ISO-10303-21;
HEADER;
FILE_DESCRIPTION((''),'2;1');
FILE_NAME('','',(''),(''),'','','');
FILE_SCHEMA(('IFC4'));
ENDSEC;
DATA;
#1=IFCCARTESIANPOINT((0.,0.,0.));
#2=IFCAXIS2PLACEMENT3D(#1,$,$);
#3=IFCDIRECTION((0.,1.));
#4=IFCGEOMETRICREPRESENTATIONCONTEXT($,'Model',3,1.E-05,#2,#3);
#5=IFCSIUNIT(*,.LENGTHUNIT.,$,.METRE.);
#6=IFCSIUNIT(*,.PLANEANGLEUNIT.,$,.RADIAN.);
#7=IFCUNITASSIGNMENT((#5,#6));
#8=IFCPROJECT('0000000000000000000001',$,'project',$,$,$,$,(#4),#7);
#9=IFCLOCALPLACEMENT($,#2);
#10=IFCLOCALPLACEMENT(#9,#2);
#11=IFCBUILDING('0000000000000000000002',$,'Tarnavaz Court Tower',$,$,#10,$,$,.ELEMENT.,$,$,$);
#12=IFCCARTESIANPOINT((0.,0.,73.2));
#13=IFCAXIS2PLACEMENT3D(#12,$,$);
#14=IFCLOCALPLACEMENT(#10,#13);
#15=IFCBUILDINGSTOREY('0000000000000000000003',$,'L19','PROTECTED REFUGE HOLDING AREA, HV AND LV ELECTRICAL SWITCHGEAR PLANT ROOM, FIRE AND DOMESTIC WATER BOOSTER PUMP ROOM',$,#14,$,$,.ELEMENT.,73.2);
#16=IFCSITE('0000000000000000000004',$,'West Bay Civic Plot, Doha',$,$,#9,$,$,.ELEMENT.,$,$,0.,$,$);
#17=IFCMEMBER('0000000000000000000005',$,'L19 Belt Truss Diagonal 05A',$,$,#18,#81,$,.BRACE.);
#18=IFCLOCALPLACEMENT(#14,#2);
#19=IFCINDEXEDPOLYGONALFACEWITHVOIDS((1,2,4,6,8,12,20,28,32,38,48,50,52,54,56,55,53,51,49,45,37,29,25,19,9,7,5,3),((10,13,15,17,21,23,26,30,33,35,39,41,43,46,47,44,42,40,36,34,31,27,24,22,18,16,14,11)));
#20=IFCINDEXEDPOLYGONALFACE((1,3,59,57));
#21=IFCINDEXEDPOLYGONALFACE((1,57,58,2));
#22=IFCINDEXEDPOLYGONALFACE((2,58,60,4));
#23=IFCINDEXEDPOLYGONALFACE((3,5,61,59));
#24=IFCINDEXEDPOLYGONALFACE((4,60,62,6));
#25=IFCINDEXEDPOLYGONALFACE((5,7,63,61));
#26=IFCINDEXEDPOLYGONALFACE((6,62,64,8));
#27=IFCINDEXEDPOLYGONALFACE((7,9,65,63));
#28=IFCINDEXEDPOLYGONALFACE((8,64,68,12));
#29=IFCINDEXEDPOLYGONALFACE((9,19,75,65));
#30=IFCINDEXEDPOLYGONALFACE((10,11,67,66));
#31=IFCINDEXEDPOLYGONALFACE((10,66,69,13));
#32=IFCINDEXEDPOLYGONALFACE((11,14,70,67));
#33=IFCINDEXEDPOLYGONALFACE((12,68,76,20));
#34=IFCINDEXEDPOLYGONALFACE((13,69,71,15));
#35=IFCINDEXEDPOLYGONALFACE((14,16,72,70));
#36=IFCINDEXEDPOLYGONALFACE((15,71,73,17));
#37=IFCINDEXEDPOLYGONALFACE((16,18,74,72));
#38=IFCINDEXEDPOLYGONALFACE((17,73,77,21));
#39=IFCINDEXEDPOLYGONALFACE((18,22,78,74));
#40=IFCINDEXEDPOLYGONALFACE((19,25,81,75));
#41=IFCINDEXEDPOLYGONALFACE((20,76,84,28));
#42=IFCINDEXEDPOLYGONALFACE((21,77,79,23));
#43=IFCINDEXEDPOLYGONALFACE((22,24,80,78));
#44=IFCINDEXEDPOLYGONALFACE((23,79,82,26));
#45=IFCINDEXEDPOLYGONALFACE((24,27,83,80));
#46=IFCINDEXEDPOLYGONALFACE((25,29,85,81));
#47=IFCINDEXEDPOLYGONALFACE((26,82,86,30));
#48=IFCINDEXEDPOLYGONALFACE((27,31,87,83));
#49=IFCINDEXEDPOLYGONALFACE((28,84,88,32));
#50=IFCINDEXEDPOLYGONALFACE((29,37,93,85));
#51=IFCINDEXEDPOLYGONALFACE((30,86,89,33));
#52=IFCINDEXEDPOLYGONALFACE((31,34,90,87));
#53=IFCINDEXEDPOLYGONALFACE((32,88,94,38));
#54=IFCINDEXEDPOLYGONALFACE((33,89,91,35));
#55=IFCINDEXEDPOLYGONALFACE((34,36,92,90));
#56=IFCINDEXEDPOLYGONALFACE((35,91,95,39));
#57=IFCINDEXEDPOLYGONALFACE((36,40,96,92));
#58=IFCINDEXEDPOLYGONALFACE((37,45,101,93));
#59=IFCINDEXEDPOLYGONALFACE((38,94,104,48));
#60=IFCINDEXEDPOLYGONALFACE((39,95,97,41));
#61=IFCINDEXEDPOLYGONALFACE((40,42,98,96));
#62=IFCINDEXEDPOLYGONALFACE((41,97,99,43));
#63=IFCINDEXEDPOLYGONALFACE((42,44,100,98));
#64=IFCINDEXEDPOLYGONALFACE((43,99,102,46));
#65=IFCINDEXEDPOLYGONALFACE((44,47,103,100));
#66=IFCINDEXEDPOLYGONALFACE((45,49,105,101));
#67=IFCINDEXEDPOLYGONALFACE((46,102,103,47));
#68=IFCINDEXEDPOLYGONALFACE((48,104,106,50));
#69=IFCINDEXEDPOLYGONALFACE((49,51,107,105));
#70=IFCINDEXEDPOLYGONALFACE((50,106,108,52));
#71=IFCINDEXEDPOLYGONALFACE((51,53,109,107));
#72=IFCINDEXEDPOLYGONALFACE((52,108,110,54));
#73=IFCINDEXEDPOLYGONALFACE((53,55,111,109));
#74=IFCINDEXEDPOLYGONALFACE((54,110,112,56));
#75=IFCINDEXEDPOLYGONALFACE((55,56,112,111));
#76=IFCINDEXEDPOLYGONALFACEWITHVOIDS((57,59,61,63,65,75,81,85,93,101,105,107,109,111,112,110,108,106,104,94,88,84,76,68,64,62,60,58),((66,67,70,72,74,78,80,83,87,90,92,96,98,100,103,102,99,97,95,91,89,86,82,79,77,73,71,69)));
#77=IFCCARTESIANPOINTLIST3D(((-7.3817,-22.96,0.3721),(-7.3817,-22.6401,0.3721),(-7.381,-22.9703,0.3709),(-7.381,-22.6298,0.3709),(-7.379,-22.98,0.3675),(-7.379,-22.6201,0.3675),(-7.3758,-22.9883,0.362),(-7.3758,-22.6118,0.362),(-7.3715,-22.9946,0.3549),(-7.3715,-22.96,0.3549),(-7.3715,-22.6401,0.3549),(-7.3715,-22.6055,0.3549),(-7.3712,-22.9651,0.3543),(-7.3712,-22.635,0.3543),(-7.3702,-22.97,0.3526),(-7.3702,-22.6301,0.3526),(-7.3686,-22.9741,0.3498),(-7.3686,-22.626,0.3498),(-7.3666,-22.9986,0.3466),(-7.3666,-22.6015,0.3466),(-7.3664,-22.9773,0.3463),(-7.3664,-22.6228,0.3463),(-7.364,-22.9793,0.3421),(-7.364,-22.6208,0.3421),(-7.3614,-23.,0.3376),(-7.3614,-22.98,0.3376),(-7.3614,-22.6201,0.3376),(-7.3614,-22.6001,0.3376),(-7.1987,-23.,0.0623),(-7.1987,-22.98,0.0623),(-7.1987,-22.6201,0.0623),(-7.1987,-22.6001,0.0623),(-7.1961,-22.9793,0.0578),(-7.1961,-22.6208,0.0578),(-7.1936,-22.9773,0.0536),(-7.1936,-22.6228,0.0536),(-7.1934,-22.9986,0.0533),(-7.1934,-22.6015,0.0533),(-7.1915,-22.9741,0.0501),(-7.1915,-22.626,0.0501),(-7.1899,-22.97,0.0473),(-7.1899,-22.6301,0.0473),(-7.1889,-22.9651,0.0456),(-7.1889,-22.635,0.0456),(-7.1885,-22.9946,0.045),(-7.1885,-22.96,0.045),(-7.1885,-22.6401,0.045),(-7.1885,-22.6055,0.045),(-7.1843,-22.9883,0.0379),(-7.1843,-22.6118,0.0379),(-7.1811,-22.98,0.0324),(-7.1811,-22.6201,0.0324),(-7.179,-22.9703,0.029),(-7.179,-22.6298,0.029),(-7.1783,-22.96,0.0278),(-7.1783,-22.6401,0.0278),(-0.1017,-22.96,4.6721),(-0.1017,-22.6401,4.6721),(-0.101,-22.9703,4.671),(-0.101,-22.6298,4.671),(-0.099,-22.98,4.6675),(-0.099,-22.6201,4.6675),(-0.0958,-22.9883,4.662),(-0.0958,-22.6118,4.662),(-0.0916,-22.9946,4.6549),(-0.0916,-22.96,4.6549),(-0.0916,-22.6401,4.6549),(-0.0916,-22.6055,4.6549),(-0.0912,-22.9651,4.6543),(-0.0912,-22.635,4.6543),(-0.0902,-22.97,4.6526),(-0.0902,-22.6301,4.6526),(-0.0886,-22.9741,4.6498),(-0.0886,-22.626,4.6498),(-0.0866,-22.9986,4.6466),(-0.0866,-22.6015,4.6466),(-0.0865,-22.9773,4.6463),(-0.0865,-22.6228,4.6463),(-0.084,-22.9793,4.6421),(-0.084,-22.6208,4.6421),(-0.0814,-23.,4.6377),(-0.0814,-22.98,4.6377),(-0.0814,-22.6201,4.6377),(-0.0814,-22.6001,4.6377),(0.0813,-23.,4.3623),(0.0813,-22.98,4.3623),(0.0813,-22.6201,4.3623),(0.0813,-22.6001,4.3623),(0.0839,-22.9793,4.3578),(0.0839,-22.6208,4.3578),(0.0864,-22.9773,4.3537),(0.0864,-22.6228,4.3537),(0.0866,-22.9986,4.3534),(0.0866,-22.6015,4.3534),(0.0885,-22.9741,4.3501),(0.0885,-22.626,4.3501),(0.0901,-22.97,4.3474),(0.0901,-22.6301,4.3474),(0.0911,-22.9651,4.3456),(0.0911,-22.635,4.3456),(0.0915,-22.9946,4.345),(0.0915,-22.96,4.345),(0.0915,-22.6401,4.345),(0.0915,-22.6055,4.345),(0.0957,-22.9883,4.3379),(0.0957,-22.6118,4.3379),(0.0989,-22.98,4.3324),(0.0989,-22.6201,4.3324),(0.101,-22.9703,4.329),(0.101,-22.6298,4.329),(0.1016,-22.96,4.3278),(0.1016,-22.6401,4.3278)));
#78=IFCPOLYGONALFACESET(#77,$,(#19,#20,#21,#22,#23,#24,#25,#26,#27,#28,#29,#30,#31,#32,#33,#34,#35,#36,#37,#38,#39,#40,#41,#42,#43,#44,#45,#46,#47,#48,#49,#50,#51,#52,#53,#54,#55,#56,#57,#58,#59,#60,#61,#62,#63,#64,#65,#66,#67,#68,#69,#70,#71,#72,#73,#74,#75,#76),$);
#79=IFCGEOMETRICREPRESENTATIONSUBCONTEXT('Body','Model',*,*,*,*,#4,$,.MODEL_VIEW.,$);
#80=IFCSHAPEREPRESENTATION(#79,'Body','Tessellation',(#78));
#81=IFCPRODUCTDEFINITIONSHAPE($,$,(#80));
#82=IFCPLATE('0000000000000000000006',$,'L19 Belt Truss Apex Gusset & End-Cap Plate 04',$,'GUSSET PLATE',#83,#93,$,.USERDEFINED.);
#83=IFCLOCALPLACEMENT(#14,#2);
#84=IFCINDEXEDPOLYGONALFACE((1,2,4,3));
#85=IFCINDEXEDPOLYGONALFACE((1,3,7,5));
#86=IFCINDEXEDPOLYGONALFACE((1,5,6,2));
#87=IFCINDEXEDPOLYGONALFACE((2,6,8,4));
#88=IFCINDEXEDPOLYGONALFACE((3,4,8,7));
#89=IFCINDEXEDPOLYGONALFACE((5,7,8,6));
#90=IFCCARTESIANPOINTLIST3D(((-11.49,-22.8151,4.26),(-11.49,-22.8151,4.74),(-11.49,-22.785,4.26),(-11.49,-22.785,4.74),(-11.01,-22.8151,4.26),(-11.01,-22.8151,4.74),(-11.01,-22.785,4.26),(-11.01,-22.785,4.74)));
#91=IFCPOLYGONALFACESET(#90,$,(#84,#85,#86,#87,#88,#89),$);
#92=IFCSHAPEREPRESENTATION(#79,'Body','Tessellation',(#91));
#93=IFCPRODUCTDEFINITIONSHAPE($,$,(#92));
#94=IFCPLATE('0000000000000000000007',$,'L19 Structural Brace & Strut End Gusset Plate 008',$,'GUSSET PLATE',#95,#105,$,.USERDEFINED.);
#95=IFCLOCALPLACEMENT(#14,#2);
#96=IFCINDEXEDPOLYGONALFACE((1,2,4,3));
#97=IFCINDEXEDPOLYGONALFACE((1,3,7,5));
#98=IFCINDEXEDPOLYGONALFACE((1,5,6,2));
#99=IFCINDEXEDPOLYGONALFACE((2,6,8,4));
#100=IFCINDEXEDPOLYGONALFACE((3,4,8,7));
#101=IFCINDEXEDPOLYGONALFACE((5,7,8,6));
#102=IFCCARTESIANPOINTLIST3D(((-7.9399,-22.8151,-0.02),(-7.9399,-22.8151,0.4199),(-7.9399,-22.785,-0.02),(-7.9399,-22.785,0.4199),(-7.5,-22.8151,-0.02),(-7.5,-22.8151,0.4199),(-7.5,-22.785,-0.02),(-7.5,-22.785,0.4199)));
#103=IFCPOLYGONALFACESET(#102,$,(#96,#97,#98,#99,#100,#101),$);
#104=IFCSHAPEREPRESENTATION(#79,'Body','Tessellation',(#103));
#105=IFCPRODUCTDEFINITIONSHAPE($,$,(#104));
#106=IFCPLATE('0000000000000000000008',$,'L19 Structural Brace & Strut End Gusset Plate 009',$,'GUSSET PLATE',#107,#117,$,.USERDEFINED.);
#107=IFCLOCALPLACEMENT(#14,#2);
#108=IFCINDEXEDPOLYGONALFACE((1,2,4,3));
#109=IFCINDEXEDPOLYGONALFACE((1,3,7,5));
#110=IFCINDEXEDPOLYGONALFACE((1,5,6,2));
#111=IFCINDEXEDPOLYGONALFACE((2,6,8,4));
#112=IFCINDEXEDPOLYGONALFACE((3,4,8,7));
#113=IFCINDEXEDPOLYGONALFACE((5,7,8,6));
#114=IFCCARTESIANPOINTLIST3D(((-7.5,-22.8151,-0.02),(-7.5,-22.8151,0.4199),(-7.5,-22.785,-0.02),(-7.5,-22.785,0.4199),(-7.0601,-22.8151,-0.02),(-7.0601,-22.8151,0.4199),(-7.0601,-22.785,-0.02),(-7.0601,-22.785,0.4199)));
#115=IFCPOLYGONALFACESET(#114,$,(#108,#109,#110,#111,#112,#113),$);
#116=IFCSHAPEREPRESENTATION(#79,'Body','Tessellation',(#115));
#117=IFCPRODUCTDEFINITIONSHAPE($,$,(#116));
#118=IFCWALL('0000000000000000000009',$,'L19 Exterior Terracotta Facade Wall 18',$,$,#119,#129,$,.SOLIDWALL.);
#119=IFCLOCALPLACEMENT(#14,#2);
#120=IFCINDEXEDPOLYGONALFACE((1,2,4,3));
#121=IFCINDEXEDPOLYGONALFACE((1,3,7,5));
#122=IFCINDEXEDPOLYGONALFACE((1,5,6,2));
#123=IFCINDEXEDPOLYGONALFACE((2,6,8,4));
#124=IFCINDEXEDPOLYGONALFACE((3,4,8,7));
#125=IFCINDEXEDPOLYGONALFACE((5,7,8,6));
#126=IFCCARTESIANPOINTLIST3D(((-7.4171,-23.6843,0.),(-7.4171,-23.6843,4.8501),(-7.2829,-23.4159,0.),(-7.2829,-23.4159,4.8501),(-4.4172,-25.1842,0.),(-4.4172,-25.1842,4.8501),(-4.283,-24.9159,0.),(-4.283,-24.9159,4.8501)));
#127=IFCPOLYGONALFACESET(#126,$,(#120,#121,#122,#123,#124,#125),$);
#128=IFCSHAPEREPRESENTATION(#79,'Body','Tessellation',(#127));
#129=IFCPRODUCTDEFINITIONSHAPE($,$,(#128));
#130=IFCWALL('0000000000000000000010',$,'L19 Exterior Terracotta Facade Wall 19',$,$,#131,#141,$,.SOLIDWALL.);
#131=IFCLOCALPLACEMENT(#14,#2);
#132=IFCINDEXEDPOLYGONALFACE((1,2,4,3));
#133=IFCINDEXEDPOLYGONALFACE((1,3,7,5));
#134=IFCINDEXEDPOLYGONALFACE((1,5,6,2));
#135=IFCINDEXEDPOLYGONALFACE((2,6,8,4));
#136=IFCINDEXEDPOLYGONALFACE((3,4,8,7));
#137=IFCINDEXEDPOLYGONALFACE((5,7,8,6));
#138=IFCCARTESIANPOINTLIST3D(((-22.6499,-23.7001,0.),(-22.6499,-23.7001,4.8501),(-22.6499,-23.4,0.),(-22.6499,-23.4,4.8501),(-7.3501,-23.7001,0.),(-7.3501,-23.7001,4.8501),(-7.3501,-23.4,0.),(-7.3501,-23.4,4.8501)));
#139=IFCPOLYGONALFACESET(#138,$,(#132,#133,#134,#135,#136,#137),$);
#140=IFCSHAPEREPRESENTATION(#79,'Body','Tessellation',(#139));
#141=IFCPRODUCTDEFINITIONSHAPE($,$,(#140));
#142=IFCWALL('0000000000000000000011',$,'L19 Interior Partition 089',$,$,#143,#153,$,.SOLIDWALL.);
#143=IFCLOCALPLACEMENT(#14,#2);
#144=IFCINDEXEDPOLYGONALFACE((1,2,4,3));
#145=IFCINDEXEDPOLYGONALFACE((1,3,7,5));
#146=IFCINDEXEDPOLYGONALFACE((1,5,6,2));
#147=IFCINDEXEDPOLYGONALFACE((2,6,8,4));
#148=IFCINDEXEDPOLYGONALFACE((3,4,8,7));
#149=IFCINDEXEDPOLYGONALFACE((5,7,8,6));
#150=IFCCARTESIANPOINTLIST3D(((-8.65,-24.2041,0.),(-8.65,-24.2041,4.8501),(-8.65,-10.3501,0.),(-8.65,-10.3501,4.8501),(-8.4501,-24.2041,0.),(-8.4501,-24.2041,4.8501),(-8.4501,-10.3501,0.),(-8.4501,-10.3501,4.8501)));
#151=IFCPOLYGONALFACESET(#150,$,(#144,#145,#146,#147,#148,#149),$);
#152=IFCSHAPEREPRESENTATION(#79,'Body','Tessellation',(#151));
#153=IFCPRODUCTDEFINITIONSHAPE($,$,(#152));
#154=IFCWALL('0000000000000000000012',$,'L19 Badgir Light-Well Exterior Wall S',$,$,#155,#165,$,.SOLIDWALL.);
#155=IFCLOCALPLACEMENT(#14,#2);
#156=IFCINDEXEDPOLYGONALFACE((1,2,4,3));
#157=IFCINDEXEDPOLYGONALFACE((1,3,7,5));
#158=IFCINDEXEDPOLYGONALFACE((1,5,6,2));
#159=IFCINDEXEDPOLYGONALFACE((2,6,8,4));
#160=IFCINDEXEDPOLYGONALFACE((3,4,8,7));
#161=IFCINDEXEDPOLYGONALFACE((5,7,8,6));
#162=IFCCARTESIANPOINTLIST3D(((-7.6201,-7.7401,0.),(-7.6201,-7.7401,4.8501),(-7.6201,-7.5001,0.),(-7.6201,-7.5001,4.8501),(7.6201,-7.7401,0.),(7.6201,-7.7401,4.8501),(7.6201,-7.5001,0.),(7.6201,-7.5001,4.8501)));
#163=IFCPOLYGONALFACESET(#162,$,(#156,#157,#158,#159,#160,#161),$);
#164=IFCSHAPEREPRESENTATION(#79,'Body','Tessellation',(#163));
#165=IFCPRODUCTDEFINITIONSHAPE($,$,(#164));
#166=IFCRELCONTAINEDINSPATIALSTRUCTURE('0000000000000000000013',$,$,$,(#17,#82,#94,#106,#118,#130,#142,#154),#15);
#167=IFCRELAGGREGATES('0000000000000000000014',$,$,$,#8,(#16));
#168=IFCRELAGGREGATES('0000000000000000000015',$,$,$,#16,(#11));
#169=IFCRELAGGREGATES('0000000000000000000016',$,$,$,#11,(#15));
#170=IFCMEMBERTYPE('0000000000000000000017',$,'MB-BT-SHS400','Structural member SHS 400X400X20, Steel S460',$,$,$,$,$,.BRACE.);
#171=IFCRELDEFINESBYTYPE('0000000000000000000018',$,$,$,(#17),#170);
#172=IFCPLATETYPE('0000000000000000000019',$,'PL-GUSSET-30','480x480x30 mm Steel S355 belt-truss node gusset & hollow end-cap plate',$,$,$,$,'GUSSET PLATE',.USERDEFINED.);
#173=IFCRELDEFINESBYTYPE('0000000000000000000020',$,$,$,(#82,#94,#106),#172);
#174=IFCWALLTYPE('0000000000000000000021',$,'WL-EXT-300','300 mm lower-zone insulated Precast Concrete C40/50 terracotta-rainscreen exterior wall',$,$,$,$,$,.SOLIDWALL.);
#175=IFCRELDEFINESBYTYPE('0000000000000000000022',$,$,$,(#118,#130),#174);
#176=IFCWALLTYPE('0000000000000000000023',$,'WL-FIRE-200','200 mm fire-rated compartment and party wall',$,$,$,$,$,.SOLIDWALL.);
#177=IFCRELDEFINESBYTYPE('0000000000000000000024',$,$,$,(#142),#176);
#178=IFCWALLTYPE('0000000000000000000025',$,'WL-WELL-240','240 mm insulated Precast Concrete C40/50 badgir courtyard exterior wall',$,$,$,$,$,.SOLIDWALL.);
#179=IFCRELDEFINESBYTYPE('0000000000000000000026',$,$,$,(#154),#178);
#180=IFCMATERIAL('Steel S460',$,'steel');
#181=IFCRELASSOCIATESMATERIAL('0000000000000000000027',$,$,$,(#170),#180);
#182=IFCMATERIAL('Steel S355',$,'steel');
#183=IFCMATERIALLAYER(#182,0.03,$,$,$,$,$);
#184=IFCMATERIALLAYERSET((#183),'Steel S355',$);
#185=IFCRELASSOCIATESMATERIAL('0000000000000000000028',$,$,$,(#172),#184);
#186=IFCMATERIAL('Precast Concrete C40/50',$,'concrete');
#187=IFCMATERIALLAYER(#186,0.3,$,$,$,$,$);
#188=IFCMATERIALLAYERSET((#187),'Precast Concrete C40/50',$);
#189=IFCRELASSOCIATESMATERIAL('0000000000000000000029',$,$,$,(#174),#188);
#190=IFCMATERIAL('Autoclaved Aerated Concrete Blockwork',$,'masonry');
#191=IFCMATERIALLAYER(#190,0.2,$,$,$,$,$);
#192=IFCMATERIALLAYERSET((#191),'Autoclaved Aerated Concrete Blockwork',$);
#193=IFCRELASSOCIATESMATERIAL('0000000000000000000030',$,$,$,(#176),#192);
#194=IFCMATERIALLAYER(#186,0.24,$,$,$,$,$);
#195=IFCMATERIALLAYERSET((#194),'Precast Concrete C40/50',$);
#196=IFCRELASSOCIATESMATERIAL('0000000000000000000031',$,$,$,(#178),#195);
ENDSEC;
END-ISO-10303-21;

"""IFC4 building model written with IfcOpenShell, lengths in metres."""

from ifc_helpers import new_model, si_unit, direction, frame, frame_2d, origin, origin_2d, place, context, subcontext, project, spatial, rectangle, hollow_rectangle, extrude, material, layer, layer_set, material_profile, profile_set, type_object, element, save


model = new_model("IFC4")

# Units and contexts
model_context = context("Model", 3, precision=1e-05, world=origin(), true_north=direction((0.0, 1.0)))
body_context = subcontext(model_context, "Body", "Model", "MODEL_VIEW")
ifc_project = project(units=[si_unit("LENGTHUNIT", "METRE"), si_unit("PLANEANGLEUNIT", "RADIAN")], contexts=[model_context])

# Site, building, storey
site_placement = place(None, origin())
site = spatial("IfcSite", under=ifc_project, at=site_placement, Name="West Bay Civic Plot, Doha", CompositionType="ELEMENT", RefElevation=0.0)
building_placement = place(site_placement, origin())
building = spatial("IfcBuilding", under=site, at=building_placement, Name="Tarnavaz Court Tower", CompositionType="ELEMENT")
storey_placement = place(building_placement, frame((0.0, 0.0, 73.2)))
storey = spatial("IfcBuildingStorey", under=building, at=storey_placement, Name="L19", Description="PROTECTED REFUGE HOLDING AREA, HV AND LV ELECTRICAL SWITCHGEAR PLANT ROOM, FIRE AND DOMESTIC WATER BOOSTER PUMP ROOM", CompositionType="ELEMENT", Elevation=73.2)

# Shared definitions
ifc_material_1 = material(Name="Steel S460", Category="steel")

# Shared definitions
ifc_material_2 = material(Name="Steel S355", Category="steel")

# Member
ifc_material_profile_1 = material_profile(ifc_material_1, hollow_rectangle(XDim=0.3999, YDim=0.3999, WallThickness=0.02, InnerFilletRadius=0.02, OuterFilletRadius=0.04, at=origin_2d()), Name="SHS 400X400X20")
ifc_profile_set_1 = profile_set([ifc_material_profile_1], Name="Steel S460")
member_type_1 = type_object("IfcMemberType", Name="MB-BT-SHS400", Description="Structural member SHS 400X400X20, Steel S460", PredefinedType="BRACE", material=ifc_profile_set_1)
member_1_placement = place(storey_placement, frame((-7.28, -22.8, 0.2), z_axis=(0.861019, 0.0, 0.508573), x_axis=(0.0, 1.0, 0.0)))
element("IfcMember", 1, at=member_1_placement, inside=storey, type_object=member_type_1, Name="L19 Belt Truss Diagonal 05A", PredefinedType="BRACE", context=body_context, shape_type="SweptSolid", body=[
    extrude(hollow_rectangle(XDim=0.3999, YDim=0.3999, WallThickness=0.02, InnerFilletRadius=0.02, OuterFilletRadius=0.04, at=origin_2d()), origin(), (0.0, 0.0, 1.0), 8.4551),
])

# Plates
ifc_layer_1 = layer(ifc_material_2, 0.03)
ifc_layer_set_1 = layer_set([ifc_layer_1], Name="Steel S355")
plate_type = type_object("IfcPlateType", Name="PL-GUSSET-30", Description="480x480x30 mm Steel S355 belt-truss node gusset & hollow end-cap plate", ElementType="GUSSET PLATE", PredefinedType="USERDEFINED", material=ifc_layer_set_1)
plate_placement = place(storey_placement, frame((-11.25, -22.8, 4.26), z_axis=(0.0, 0.0, 1.0), x_axis=(1.0, 0.0, 0.0)))
element("IfcPlate", 2, at=plate_placement, inside=storey, type_object=plate_type, Name="L19 Belt Truss Apex Gusset & End-Cap Plate 04", ObjectType="GUSSET PLATE", PredefinedType="USERDEFINED", context=body_context, shape_type="SweptSolid", body=[
    extrude(rectangle(XDim=0.48, YDim=0.03, at=origin_2d()), origin(), (0.0, 0.0, 1.0), 0.48),
])
for number, where, z_axis, x_axis, name in (
    (3, (-7.72, -22.8, -0.02), (0.0, 0.0, 1.0), (1.0, 0.0, 0.0), "L19 Structural Brace & Strut End Gusset Plate 008"),
    (4, (-7.28, -22.8, -0.02), (0.0, 0.0, 1.0), (1.0, 0.0, 0.0), "L19 Structural Brace & Strut End Gusset Plate 009"),
):
    element("IfcPlate", number, at=place(storey_placement, frame(where, z_axis=z_axis, x_axis=x_axis)), inside=storey, type_object=plate_type, Name=name, ObjectType="GUSSET PLATE", PredefinedType="USERDEFINED", context=body_context, shape_type="SweptSolid", body=[
        extrude(rectangle(XDim=0.4399, YDim=0.03, at=origin_2d()), origin(), (0.0, 0.0, 1.0), 0.4399),
    ])

# Walls
ifc_material_3 = material(Name="Precast Concrete C40/50", Category="concrete")
ifc_layer_2 = layer(ifc_material_3, 0.3)
ifc_layer_set_2 = layer_set([ifc_layer_2], Name="Precast Concrete C40/50")
wall_type_1 = type_object("IfcWallType", Name="WL-EXT-300", Description="300 mm lower-zone insulated Precast Concrete C40/50 terracotta-rainscreen exterior wall", PredefinedType="SOLIDWALL", material=ifc_layer_set_2)
wall_1_placement = place(storey_placement, frame((-4.3501, -25.05, 0.0), z_axis=(0.0, 0.0, 1.0), x_axis=(-0.894427, 0.447214, 0.0)))
element("IfcWall", 5, at=wall_1_placement, inside=storey, type_object=wall_type_1, Name="L19 Exterior Terracotta Facade Wall 18", PredefinedType="SOLIDWALL", context=body_context, shape_type="SweptSolid", body=[
    extrude(rectangle(XDim=3.354, YDim=0.3, at=frame_2d((1.677, 0.0))), origin(), (0.0, 0.0, 1.0), 4.8501),
])
wall_2_placement = place(storey_placement, frame((-7.3501, -23.55, 0.0), z_axis=(0.0, 0.0, 1.0), x_axis=(-1.0, 0.0, 0.0)))
element("IfcWall", 6, at=wall_2_placement, inside=storey, type_object=wall_type_1, Name="L19 Exterior Terracotta Facade Wall 19", PredefinedType="SOLIDWALL", context=body_context, shape_type="SweptSolid", body=[
    extrude(rectangle(XDim=15.2998, YDim=0.3, at=frame_2d((7.6499, 0.0))), origin(), (0.0, 0.0, 1.0), 4.8501),
])
ifc_material_4 = material(Name="Autoclaved Aerated Concrete Blockwork", Category="masonry")
ifc_layer_3 = layer(ifc_material_4, 0.2)
ifc_layer_set_3 = layer_set([ifc_layer_3], Name="Autoclaved Aerated Concrete Blockwork")
wall_type_2 = type_object("IfcWallType", Name="WL-FIRE-200", Description="200 mm fire-rated compartment and party wall", PredefinedType="SOLIDWALL", material=ifc_layer_set_3)
wall_3_placement = place(storey_placement, frame((-8.55, -24.2041, 0.0), z_axis=(0.0, 0.0, 1.0), x_axis=(0.0, 1.0, 0.0)))
element("IfcWall", 7, at=wall_3_placement, inside=storey, type_object=wall_type_2, Name="L19 Interior Partition 089", PredefinedType="SOLIDWALL", context=body_context, shape_type="SweptSolid", body=[
    extrude(rectangle(XDim=13.854, YDim=0.2, at=frame_2d((6.927, 0.0))), origin(), (0.0, 0.0, 1.0), 4.8501),
])
ifc_layer_4 = layer(ifc_material_3, 0.24)
ifc_layer_set_4 = layer_set([ifc_layer_4], Name="Precast Concrete C40/50")
wall_type_3 = type_object("IfcWallType", Name="WL-WELL-240", Description="240 mm insulated Precast Concrete C40/50 badgir courtyard exterior wall", PredefinedType="SOLIDWALL", material=ifc_layer_set_4)
wall_4_placement = place(storey_placement, frame((-7.6201, -7.6201, 0.0), z_axis=(0.0, 0.0, 1.0), x_axis=(1.0, 0.0, 0.0)))
element("IfcWall", 8, at=wall_4_placement, inside=storey, type_object=wall_type_3, Name="L19 Badgir Light-Well Exterior Wall S", PredefinedType="SOLIDWALL", context=body_context, shape_type="SweptSolid", body=[
    extrude(rectangle(XDim=15.2402, YDim=0.24, at=frame_2d((7.6201, 0.0))), origin(), (0.0, 0.0, 1.0), 4.8501),
])

save(model, "model.ifc")
